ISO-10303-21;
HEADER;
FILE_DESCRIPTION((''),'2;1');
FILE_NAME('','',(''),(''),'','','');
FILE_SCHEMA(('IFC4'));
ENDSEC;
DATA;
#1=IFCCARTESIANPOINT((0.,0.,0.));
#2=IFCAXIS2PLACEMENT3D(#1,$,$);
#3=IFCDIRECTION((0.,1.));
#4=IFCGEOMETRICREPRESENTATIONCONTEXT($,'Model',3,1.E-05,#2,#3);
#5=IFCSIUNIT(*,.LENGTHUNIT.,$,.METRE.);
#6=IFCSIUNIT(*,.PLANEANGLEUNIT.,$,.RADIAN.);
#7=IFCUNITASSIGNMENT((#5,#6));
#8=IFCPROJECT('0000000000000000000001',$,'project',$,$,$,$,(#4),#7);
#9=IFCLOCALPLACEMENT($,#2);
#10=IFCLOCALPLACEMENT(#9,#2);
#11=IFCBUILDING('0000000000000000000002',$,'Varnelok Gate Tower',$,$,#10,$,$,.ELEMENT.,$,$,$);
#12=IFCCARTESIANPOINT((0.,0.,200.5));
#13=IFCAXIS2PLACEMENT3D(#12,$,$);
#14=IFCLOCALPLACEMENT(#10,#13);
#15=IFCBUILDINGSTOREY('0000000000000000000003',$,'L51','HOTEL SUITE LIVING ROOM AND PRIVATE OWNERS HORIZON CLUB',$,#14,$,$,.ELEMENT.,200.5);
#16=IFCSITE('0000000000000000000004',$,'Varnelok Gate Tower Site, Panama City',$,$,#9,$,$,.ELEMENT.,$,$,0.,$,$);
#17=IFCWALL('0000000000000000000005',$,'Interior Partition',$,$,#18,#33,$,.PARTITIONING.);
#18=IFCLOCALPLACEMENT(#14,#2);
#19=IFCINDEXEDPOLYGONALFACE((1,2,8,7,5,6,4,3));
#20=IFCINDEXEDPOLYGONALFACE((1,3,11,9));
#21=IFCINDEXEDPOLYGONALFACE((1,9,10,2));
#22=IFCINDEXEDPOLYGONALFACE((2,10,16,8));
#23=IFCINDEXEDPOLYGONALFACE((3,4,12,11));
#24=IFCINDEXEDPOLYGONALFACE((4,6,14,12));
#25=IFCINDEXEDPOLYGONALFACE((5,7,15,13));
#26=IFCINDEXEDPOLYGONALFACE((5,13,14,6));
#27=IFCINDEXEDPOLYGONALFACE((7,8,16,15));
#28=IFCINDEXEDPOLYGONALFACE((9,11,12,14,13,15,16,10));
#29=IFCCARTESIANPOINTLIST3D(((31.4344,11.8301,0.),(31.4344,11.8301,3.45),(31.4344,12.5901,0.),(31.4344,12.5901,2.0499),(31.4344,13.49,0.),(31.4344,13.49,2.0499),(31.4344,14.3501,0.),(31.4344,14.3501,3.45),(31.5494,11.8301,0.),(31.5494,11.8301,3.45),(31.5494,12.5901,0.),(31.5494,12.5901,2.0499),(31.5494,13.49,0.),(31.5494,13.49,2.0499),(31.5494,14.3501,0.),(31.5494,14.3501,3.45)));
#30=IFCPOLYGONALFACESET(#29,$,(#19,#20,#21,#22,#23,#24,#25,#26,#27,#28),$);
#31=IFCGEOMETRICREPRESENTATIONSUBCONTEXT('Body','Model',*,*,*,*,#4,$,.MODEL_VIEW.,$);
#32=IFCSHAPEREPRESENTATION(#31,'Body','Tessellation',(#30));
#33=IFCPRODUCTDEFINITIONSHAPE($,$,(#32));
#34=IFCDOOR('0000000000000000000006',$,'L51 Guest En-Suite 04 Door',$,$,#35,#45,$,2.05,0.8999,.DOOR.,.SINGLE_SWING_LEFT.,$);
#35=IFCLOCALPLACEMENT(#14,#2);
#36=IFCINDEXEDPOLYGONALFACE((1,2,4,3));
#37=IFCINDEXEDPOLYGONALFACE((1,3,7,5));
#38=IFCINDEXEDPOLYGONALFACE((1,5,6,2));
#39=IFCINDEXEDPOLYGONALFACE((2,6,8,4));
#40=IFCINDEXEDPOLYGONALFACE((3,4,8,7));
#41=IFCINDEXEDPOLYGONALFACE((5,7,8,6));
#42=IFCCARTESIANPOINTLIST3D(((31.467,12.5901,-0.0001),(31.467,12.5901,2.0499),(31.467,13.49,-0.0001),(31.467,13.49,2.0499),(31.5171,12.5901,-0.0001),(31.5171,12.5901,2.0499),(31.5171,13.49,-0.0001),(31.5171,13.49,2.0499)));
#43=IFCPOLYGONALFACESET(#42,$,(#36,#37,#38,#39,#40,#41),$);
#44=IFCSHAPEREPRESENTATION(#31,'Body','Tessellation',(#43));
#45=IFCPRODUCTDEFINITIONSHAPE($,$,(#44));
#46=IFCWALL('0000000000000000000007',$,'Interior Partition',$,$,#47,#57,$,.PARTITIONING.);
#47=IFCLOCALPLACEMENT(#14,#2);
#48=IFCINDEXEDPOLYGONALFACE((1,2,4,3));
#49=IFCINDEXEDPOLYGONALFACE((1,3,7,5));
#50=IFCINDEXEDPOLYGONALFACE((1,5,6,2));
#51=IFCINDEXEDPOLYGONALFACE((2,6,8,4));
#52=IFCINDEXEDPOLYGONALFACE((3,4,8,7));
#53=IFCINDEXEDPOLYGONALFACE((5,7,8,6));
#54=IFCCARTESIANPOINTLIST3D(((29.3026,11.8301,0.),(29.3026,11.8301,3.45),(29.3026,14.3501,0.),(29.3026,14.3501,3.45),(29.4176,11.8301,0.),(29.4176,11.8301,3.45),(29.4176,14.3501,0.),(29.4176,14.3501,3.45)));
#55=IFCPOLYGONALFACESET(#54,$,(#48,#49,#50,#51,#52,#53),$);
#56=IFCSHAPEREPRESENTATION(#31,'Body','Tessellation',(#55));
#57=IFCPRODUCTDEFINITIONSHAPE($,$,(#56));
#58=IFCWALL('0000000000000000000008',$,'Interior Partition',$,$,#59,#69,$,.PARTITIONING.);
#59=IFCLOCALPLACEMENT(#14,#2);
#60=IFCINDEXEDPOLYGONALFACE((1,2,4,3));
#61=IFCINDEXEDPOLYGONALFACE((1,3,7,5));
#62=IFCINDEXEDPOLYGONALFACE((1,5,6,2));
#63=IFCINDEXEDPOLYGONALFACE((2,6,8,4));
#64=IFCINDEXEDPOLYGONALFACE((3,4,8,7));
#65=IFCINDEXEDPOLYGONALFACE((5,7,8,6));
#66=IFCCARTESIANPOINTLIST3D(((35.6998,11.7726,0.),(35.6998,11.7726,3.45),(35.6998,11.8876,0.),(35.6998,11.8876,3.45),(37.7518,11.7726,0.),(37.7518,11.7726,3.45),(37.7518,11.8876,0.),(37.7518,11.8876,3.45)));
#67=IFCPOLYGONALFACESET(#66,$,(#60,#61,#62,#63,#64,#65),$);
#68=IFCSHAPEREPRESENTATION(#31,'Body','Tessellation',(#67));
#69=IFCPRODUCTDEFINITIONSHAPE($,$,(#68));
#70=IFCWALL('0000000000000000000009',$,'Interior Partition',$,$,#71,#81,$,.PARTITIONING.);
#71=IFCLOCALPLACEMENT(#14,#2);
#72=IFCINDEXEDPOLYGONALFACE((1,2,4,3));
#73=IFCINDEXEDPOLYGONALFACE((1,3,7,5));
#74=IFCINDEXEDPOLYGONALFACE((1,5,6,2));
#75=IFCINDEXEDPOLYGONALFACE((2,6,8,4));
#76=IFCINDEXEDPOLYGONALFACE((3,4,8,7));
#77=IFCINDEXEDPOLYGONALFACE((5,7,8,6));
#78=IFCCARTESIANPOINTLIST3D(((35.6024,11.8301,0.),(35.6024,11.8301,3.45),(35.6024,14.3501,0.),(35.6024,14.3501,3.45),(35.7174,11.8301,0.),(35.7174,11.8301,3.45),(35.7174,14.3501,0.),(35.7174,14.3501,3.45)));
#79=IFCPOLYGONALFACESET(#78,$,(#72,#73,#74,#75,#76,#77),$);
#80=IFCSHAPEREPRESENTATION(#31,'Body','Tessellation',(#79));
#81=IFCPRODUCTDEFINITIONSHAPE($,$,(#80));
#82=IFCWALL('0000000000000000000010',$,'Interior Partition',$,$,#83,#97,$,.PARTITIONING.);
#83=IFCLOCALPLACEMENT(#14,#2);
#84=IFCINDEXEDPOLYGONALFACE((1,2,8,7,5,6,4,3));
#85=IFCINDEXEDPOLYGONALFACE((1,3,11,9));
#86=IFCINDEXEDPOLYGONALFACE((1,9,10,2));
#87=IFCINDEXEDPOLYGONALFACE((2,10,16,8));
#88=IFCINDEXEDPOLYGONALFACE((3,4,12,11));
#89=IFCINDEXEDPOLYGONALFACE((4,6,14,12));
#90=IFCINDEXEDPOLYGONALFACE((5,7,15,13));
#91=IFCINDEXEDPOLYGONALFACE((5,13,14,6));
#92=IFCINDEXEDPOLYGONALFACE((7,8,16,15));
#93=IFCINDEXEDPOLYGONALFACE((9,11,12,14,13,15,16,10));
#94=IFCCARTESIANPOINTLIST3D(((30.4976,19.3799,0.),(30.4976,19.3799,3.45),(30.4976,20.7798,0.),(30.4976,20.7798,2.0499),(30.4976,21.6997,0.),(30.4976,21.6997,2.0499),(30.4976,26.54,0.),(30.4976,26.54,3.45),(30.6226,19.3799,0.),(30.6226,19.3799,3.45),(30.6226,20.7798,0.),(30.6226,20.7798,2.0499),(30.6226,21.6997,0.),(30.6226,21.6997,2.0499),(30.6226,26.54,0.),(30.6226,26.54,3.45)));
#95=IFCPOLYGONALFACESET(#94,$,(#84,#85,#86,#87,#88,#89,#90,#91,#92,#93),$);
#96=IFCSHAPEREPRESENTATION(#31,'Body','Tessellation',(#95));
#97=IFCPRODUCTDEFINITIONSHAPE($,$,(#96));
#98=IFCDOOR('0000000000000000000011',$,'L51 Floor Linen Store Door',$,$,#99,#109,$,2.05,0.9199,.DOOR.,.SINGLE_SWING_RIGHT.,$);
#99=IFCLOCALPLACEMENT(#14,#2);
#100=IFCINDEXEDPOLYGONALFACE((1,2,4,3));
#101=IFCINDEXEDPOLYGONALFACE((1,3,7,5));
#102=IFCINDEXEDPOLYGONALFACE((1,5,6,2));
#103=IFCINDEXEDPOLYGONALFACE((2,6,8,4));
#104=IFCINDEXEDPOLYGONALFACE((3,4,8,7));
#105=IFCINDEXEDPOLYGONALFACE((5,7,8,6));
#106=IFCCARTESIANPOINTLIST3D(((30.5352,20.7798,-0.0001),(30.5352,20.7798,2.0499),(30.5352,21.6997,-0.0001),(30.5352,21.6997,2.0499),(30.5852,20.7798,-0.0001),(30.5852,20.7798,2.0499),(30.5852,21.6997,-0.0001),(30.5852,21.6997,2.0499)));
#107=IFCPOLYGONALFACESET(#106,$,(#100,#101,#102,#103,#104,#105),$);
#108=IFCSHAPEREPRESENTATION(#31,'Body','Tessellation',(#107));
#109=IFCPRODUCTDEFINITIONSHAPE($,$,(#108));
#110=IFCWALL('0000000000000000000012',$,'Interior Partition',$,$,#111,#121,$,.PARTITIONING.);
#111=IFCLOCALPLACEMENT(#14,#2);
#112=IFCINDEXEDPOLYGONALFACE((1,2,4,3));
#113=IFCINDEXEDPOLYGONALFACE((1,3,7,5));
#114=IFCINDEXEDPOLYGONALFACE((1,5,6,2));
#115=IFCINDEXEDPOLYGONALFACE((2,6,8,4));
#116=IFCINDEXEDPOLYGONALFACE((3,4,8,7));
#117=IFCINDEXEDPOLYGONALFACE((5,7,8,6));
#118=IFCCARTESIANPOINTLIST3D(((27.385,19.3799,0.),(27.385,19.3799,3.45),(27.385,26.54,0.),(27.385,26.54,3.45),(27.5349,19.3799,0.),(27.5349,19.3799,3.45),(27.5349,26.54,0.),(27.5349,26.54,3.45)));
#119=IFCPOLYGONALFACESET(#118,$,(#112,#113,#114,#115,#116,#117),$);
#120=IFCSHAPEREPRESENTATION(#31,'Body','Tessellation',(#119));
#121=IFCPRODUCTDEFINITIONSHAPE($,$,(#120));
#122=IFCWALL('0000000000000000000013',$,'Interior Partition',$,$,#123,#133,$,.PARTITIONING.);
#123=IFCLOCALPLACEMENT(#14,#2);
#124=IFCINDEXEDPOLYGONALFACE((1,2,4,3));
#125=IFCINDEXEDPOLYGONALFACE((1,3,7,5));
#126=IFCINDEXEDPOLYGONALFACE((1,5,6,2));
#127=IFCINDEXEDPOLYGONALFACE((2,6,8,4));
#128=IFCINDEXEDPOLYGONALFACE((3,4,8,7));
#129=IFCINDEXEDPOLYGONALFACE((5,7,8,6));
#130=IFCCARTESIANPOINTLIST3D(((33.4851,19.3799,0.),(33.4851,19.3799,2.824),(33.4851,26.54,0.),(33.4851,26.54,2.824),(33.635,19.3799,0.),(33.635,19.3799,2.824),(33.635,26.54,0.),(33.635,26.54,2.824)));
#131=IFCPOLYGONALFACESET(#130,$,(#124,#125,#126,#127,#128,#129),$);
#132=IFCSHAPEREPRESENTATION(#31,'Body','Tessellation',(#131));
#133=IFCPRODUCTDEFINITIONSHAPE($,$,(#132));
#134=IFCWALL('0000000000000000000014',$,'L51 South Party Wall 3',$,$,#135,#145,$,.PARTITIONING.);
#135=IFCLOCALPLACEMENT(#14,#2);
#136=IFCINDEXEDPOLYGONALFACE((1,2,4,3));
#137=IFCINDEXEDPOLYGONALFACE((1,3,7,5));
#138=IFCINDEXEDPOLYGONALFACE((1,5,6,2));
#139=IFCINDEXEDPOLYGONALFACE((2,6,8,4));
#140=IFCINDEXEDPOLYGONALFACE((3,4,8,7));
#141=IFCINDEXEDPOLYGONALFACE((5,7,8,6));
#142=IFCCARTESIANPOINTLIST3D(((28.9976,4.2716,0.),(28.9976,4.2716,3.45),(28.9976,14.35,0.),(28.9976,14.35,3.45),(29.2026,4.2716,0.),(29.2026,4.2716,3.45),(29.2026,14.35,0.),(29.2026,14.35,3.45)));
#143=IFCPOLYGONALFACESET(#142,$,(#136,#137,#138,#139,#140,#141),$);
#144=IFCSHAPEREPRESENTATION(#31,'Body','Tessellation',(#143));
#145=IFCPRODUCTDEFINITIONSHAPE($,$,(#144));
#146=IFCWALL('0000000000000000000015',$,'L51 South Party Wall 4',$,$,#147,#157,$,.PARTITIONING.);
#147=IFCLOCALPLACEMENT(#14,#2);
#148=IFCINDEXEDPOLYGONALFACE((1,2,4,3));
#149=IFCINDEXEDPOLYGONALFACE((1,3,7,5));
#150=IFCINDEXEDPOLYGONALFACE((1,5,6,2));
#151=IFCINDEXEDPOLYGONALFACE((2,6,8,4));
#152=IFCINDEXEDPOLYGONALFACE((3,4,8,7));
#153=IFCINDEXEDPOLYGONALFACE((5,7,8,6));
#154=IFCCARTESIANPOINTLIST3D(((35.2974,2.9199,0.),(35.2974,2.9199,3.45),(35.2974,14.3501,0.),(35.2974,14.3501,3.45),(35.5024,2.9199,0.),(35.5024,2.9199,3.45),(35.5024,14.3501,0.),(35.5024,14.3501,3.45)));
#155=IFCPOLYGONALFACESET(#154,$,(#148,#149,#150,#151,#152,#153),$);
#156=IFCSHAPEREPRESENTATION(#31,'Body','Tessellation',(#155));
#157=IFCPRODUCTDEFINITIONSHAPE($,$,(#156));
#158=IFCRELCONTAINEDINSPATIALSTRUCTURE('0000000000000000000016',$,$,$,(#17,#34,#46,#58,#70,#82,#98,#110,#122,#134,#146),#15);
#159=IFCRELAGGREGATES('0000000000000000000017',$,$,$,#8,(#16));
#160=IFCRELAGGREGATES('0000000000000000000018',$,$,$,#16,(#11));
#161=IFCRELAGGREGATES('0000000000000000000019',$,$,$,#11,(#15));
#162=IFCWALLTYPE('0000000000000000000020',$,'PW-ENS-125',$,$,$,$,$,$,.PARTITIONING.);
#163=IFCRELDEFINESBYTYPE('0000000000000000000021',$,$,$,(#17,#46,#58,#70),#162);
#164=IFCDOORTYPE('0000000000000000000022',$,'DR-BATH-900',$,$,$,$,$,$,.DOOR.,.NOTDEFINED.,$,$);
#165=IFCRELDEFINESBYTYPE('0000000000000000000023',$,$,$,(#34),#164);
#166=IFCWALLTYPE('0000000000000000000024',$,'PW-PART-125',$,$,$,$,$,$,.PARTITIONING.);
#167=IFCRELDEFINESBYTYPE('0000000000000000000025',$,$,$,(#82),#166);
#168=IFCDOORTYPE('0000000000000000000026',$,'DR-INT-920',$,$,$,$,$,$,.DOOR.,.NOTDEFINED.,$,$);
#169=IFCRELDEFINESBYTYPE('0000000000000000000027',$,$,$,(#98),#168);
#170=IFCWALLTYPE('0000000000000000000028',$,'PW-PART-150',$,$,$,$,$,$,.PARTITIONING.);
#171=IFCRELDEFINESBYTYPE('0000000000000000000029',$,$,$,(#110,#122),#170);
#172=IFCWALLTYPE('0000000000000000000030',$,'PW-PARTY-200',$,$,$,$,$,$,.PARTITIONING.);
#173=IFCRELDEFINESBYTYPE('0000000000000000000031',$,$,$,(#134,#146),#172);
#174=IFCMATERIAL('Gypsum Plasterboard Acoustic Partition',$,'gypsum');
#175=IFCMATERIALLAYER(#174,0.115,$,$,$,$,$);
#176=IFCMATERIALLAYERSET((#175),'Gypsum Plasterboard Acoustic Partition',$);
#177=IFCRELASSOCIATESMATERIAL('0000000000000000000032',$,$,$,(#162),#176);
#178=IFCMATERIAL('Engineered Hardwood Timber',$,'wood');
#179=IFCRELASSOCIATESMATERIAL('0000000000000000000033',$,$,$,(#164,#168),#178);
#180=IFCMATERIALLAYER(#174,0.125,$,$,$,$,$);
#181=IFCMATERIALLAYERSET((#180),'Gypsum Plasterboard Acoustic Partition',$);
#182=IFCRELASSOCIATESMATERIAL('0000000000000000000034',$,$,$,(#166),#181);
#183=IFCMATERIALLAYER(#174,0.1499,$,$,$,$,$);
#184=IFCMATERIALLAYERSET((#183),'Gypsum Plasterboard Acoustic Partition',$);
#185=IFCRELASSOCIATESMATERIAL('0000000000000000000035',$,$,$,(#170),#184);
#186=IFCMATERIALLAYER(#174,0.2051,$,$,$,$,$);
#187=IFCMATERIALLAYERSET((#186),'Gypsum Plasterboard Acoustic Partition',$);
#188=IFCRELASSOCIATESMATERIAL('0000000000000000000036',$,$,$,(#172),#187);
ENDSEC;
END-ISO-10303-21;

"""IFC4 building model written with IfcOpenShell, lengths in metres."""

from ifc_helpers import new_model, si_unit, direction, frame, frame_2d, origin, place, context, subcontext, project, spatial, rectangle, extrude, material, layer, layer_set, type_object, element, fill, save


model = new_model("IFC4")

# Units and contexts
model_context = context("Model", 3, precision=1e-05, world=origin(), true_north=direction((0.0, 1.0)))
body_context = subcontext(model_context, "Body", "Model", "MODEL_VIEW")
ifc_project = project(units=[si_unit("LENGTHUNIT", "METRE"), si_unit("PLANEANGLEUNIT", "RADIAN")], contexts=[model_context])

# Site, building, storey
site_placement = place(None, origin())
site = spatial("IfcSite", under=ifc_project, at=site_placement, Name="Varnelok Gate Tower Site, Panama City", CompositionType="ELEMENT", RefElevation=0.0)
building_placement = place(site_placement, origin())
building = spatial("IfcBuilding", under=site, at=building_placement, Name="Varnelok Gate Tower", CompositionType="ELEMENT")
storey_placement = place(building_placement, frame((0.0, 0.0, 200.5)))
storey = spatial("IfcBuildingStorey", under=building, at=storey_placement, Name="L51", Description="HOTEL SUITE LIVING ROOM AND PRIVATE OWNERS HORIZON CLUB", CompositionType="ELEMENT", Elevation=200.5)

# Shared definitions
ifc_material_1 = material(Name="Gypsum Plasterboard Acoustic Partition", Category="gypsum")
ifc_material_2 = material(Name="Engineered Hardwood Timber", Category="wood")

# Shared definitions
ifc_layer_1 = layer(ifc_material_1, 0.115)
ifc_layer_set_1 = layer_set([ifc_layer_1], Name="Gypsum Plasterboard Acoustic Partition")
wall_type_1 = type_object("IfcWallType", Name="PW-ENS-125", PredefinedType="PARTITIONING", material=ifc_layer_set_1)

# Wall, opening, door
wall_1_placement = place(storey_placement, frame((31.4919, 11.8301, 0.0), z_axis=(0.0, 0.0, 1.0), x_axis=(0.0, 1.0, 0.0)))
wall_1 = element("IfcWall", 1, at=wall_1_placement, inside=storey, type_object=wall_type_1, Name="Interior Partition", PredefinedType="PARTITIONING", context=body_context, shape_type="SweptSolid", body=[
    extrude(rectangle(XDim=2.52, YDim=0.115, at=frame_2d((1.26, 0.0))), origin(), (0.0, 0.0, 1.0), 3.45),
])
opening_1_placement = place(wall_1_placement, frame((0.76, 0.0, 0.0)))
opening_1 = element("IfcOpeningElement", 2, at=opening_1_placement, cuts=wall_1, PredefinedType="OPENING", context=body_context, shape_type="SweptSolid", body=[
    extrude(rectangle(XDim=0.8999, YDim=2.05, at=frame_2d((0.45, 1.0249))), frame((0.0, 0.0674, 0.0), z_axis=(0.0, -1.0, 0.0), x_axis=(1.0, 0.0, 0.0)), (0.0, 0.0, 1.0), 0.135),
])
door_type_1 = type_object("IfcDoorType", Name="DR-BATH-900", OperationType="NOTDEFINED", PredefinedType="DOOR", material=ifc_material_2)
door_1_placement = place(opening_1_placement, origin())
door_1 = element("IfcDoor", 3, at=door_1_placement, inside=storey, type_object=door_type_1, Name="L51 Guest En-Suite 04 Door", OperationType="SINGLE_SWING_LEFT", OverallHeight=2.05, OverallWidth=0.8999, PredefinedType="DOOR", context=body_context, shape_type="SweptSolid", body=[
    extrude(rectangle(XDim=0.8999, YDim=2.05, at=frame_2d((0.45, 1.0249))), frame((0.0, 0.0249, 0.0), z_axis=(0.0, -1.0, 0.0), x_axis=(1.0, 0.0, 0.0)), (0.0, 0.0, 1.0), 0.05),
])
fill(opening_1, door_1)

# Walls
wall_2_placement = place(storey_placement, frame((29.3601, 11.8301, 0.0), z_axis=(0.0, 0.0, 1.0), x_axis=(0.0, 1.0, 0.0)))
element("IfcWall", 4, at=wall_2_placement, inside=storey, type_object=wall_type_1, Name="Interior Partition", PredefinedType="PARTITIONING", context=body_context, shape_type="SweptSolid", body=[
    extrude(rectangle(XDim=2.52, YDim=0.115, at=frame_2d((1.26, 0.0))), origin(), (0.0, 0.0, 1.0), 3.45),
])
wall_3_placement = place(storey_placement, frame((35.7, 11.8301, 0.0), z_axis=(0.0, 0.0, 1.0), x_axis=(1.0, 0.0, 0.0)))
element("IfcWall", 5, at=wall_3_placement, inside=storey, type_object=wall_type_1, Name="Interior Partition", PredefinedType="PARTITIONING", context=body_context, shape_type="SweptSolid", body=[
    extrude(rectangle(XDim=2.052, YDim=0.115, at=frame_2d((1.0259, 0.0))), origin(), (0.0, 0.0, 1.0), 3.45),
])
wall_4_placement = place(storey_placement, frame((35.6599, 11.8301, 0.0), z_axis=(0.0, 0.0, 1.0), x_axis=(0.0, 1.0, 0.0)))
element("IfcWall", 6, at=wall_4_placement, inside=storey, type_object=wall_type_1, Name="Interior Partition", PredefinedType="PARTITIONING", context=body_context, shape_type="SweptSolid", body=[
    extrude(rectangle(XDim=2.52, YDim=0.115, at=frame_2d((1.26, 0.0))), origin(), (0.0, 0.0, 1.0), 3.45),
])

# Wall, opening, door
ifc_layer_2 = layer(ifc_material_1, 0.125)
ifc_layer_set_2 = layer_set([ifc_layer_2], Name="Gypsum Plasterboard Acoustic Partition")
wall_type_2 = type_object("IfcWallType", Name="PW-PART-125", PredefinedType="PARTITIONING", material=ifc_layer_set_2)
wall_5_placement = place(storey_placement, frame((30.5601, 19.3799, 0.0), z_axis=(0.0, 0.0, 1.0), x_axis=(0.0, 1.0, 0.0)))
wall_5 = element("IfcWall", 7, at=wall_5_placement, inside=storey, type_object=wall_type_2, Name="Interior Partition", PredefinedType="PARTITIONING", context=body_context, shape_type="SweptSolid", body=[
    extrude(rectangle(XDim=7.1602, YDim=0.125, at=frame_2d((3.5801, 0.0))), origin(), (0.0, 0.0, 1.0), 3.45),
])
opening_2_placement = place(wall_5_placement, frame((1.3999, 0.0, 0.0)))
opening_2 = element("IfcOpeningElement", 8, at=opening_2_placement, cuts=wall_5, PredefinedType="OPENING", context=body_context, shape_type="SweptSolid", body=[
    extrude(rectangle(XDim=0.9199, YDim=2.05, at=frame_2d((0.46, 1.0249))), frame((0.0, 0.0725, 0.0), z_axis=(0.0, -1.0, 0.0), x_axis=(1.0, 0.0, 0.0)), (0.0, 0.0, 1.0), 0.145),
])
door_type_2 = type_object("IfcDoorType", Name="DR-INT-920", OperationType="NOTDEFINED", PredefinedType="DOOR", material=ifc_material_2)
door_2_placement = place(opening_2_placement, origin())
door_2 = element("IfcDoor", 9, at=door_2_placement, inside=storey, type_object=door_type_2, Name="L51 Floor Linen Store Door", OperationType="SINGLE_SWING_RIGHT", OverallHeight=2.05, OverallWidth=0.9199, PredefinedType="DOOR", context=body_context, shape_type="SweptSolid", body=[
    extrude(rectangle(XDim=0.9199, YDim=2.05, at=frame_2d((0.46, 1.0249))), frame((0.0, 0.0249, 0.0), z_axis=(0.0, -1.0, 0.0), x_axis=(1.0, 0.0, 0.0)), (0.0, 0.0, 1.0), 0.05),
])
fill(opening_2, door_2)

# Walls
ifc_layer_3 = layer(ifc_material_1, 0.1499)
ifc_layer_set_3 = layer_set([ifc_layer_3], Name="Gypsum Plasterboard Acoustic Partition")
wall_type_3 = type_object("IfcWallType", Name="PW-PART-150", PredefinedType="PARTITIONING", material=ifc_layer_set_3)
wall_6_placement = place(storey_placement, frame((27.46, 19.3799, 0.0), z_axis=(0.0, 0.0, 1.0), x_axis=(0.0, 1.0, 0.0)))
element("IfcWall", 10, at=wall_6_placement, inside=storey, type_object=wall_type_3, Name="Interior Partition", PredefinedType="PARTITIONING", context=body_context, shape_type="SweptSolid", body=[
    extrude(rectangle(XDim=7.1602, YDim=0.1499, at=frame_2d((3.5801, 0.0))), origin(), (0.0, 0.0, 1.0), 3.45),
])
wall_7_placement = place(storey_placement, frame((33.5601, 19.3799, 0.0), z_axis=(0.0, 0.0, 1.0), x_axis=(0.0, 1.0, 0.0)))
element("IfcWall", 11, at=wall_7_placement, inside=storey, type_object=wall_type_3, Name="Interior Partition", PredefinedType="PARTITIONING", context=body_context, shape_type="SweptSolid", body=[
    extrude(rectangle(XDim=7.1602, YDim=0.1499, at=frame_2d((3.5801, 0.0))), origin(), (0.0, 0.0, 1.0), 2.824),
])
ifc_layer_4 = layer(ifc_material_1, 0.2051)
ifc_layer_set_4 = layer_set([ifc_layer_4], Name="Gypsum Plasterboard Acoustic Partition")
wall_type_4 = type_object("IfcWallType", Name="PW-PARTY-200", PredefinedType="PARTITIONING", material=ifc_layer_set_4)
wall_8_placement = place(storey_placement, frame((29.1001, 4.2717, 0.0), z_axis=(0.0, 0.0, 1.0), x_axis=(0.0, 1.0, 0.0)))
element("IfcWall", 12, at=wall_8_placement, inside=storey, type_object=wall_type_4, Name="L51 South Party Wall 3", PredefinedType="PARTITIONING", context=body_context, shape_type="SweptSolid", body=[
    extrude(rectangle(XDim=10.0784, YDim=0.2051, at=frame_2d((5.0391, 0.0))), origin(), (0.0, 0.0, 1.0), 3.45),
])
wall_9_placement = place(storey_placement, frame((35.3999, 2.9199, 0.0), z_axis=(0.0, 0.0, 1.0), x_axis=(0.0, 1.0, 0.0)))
element("IfcWall", 13, at=wall_9_placement, inside=storey, type_object=wall_type_4, Name="L51 South Party Wall 4", PredefinedType="PARTITIONING", context=body_context, shape_type="SweptSolid", body=[
    extrude(rectangle(XDim=11.4302, YDim=0.2051, at=frame_2d((5.7151, 0.0))), origin(), (0.0, 0.0, 1.0), 3.45),
])

save(model, "model.ifc")
